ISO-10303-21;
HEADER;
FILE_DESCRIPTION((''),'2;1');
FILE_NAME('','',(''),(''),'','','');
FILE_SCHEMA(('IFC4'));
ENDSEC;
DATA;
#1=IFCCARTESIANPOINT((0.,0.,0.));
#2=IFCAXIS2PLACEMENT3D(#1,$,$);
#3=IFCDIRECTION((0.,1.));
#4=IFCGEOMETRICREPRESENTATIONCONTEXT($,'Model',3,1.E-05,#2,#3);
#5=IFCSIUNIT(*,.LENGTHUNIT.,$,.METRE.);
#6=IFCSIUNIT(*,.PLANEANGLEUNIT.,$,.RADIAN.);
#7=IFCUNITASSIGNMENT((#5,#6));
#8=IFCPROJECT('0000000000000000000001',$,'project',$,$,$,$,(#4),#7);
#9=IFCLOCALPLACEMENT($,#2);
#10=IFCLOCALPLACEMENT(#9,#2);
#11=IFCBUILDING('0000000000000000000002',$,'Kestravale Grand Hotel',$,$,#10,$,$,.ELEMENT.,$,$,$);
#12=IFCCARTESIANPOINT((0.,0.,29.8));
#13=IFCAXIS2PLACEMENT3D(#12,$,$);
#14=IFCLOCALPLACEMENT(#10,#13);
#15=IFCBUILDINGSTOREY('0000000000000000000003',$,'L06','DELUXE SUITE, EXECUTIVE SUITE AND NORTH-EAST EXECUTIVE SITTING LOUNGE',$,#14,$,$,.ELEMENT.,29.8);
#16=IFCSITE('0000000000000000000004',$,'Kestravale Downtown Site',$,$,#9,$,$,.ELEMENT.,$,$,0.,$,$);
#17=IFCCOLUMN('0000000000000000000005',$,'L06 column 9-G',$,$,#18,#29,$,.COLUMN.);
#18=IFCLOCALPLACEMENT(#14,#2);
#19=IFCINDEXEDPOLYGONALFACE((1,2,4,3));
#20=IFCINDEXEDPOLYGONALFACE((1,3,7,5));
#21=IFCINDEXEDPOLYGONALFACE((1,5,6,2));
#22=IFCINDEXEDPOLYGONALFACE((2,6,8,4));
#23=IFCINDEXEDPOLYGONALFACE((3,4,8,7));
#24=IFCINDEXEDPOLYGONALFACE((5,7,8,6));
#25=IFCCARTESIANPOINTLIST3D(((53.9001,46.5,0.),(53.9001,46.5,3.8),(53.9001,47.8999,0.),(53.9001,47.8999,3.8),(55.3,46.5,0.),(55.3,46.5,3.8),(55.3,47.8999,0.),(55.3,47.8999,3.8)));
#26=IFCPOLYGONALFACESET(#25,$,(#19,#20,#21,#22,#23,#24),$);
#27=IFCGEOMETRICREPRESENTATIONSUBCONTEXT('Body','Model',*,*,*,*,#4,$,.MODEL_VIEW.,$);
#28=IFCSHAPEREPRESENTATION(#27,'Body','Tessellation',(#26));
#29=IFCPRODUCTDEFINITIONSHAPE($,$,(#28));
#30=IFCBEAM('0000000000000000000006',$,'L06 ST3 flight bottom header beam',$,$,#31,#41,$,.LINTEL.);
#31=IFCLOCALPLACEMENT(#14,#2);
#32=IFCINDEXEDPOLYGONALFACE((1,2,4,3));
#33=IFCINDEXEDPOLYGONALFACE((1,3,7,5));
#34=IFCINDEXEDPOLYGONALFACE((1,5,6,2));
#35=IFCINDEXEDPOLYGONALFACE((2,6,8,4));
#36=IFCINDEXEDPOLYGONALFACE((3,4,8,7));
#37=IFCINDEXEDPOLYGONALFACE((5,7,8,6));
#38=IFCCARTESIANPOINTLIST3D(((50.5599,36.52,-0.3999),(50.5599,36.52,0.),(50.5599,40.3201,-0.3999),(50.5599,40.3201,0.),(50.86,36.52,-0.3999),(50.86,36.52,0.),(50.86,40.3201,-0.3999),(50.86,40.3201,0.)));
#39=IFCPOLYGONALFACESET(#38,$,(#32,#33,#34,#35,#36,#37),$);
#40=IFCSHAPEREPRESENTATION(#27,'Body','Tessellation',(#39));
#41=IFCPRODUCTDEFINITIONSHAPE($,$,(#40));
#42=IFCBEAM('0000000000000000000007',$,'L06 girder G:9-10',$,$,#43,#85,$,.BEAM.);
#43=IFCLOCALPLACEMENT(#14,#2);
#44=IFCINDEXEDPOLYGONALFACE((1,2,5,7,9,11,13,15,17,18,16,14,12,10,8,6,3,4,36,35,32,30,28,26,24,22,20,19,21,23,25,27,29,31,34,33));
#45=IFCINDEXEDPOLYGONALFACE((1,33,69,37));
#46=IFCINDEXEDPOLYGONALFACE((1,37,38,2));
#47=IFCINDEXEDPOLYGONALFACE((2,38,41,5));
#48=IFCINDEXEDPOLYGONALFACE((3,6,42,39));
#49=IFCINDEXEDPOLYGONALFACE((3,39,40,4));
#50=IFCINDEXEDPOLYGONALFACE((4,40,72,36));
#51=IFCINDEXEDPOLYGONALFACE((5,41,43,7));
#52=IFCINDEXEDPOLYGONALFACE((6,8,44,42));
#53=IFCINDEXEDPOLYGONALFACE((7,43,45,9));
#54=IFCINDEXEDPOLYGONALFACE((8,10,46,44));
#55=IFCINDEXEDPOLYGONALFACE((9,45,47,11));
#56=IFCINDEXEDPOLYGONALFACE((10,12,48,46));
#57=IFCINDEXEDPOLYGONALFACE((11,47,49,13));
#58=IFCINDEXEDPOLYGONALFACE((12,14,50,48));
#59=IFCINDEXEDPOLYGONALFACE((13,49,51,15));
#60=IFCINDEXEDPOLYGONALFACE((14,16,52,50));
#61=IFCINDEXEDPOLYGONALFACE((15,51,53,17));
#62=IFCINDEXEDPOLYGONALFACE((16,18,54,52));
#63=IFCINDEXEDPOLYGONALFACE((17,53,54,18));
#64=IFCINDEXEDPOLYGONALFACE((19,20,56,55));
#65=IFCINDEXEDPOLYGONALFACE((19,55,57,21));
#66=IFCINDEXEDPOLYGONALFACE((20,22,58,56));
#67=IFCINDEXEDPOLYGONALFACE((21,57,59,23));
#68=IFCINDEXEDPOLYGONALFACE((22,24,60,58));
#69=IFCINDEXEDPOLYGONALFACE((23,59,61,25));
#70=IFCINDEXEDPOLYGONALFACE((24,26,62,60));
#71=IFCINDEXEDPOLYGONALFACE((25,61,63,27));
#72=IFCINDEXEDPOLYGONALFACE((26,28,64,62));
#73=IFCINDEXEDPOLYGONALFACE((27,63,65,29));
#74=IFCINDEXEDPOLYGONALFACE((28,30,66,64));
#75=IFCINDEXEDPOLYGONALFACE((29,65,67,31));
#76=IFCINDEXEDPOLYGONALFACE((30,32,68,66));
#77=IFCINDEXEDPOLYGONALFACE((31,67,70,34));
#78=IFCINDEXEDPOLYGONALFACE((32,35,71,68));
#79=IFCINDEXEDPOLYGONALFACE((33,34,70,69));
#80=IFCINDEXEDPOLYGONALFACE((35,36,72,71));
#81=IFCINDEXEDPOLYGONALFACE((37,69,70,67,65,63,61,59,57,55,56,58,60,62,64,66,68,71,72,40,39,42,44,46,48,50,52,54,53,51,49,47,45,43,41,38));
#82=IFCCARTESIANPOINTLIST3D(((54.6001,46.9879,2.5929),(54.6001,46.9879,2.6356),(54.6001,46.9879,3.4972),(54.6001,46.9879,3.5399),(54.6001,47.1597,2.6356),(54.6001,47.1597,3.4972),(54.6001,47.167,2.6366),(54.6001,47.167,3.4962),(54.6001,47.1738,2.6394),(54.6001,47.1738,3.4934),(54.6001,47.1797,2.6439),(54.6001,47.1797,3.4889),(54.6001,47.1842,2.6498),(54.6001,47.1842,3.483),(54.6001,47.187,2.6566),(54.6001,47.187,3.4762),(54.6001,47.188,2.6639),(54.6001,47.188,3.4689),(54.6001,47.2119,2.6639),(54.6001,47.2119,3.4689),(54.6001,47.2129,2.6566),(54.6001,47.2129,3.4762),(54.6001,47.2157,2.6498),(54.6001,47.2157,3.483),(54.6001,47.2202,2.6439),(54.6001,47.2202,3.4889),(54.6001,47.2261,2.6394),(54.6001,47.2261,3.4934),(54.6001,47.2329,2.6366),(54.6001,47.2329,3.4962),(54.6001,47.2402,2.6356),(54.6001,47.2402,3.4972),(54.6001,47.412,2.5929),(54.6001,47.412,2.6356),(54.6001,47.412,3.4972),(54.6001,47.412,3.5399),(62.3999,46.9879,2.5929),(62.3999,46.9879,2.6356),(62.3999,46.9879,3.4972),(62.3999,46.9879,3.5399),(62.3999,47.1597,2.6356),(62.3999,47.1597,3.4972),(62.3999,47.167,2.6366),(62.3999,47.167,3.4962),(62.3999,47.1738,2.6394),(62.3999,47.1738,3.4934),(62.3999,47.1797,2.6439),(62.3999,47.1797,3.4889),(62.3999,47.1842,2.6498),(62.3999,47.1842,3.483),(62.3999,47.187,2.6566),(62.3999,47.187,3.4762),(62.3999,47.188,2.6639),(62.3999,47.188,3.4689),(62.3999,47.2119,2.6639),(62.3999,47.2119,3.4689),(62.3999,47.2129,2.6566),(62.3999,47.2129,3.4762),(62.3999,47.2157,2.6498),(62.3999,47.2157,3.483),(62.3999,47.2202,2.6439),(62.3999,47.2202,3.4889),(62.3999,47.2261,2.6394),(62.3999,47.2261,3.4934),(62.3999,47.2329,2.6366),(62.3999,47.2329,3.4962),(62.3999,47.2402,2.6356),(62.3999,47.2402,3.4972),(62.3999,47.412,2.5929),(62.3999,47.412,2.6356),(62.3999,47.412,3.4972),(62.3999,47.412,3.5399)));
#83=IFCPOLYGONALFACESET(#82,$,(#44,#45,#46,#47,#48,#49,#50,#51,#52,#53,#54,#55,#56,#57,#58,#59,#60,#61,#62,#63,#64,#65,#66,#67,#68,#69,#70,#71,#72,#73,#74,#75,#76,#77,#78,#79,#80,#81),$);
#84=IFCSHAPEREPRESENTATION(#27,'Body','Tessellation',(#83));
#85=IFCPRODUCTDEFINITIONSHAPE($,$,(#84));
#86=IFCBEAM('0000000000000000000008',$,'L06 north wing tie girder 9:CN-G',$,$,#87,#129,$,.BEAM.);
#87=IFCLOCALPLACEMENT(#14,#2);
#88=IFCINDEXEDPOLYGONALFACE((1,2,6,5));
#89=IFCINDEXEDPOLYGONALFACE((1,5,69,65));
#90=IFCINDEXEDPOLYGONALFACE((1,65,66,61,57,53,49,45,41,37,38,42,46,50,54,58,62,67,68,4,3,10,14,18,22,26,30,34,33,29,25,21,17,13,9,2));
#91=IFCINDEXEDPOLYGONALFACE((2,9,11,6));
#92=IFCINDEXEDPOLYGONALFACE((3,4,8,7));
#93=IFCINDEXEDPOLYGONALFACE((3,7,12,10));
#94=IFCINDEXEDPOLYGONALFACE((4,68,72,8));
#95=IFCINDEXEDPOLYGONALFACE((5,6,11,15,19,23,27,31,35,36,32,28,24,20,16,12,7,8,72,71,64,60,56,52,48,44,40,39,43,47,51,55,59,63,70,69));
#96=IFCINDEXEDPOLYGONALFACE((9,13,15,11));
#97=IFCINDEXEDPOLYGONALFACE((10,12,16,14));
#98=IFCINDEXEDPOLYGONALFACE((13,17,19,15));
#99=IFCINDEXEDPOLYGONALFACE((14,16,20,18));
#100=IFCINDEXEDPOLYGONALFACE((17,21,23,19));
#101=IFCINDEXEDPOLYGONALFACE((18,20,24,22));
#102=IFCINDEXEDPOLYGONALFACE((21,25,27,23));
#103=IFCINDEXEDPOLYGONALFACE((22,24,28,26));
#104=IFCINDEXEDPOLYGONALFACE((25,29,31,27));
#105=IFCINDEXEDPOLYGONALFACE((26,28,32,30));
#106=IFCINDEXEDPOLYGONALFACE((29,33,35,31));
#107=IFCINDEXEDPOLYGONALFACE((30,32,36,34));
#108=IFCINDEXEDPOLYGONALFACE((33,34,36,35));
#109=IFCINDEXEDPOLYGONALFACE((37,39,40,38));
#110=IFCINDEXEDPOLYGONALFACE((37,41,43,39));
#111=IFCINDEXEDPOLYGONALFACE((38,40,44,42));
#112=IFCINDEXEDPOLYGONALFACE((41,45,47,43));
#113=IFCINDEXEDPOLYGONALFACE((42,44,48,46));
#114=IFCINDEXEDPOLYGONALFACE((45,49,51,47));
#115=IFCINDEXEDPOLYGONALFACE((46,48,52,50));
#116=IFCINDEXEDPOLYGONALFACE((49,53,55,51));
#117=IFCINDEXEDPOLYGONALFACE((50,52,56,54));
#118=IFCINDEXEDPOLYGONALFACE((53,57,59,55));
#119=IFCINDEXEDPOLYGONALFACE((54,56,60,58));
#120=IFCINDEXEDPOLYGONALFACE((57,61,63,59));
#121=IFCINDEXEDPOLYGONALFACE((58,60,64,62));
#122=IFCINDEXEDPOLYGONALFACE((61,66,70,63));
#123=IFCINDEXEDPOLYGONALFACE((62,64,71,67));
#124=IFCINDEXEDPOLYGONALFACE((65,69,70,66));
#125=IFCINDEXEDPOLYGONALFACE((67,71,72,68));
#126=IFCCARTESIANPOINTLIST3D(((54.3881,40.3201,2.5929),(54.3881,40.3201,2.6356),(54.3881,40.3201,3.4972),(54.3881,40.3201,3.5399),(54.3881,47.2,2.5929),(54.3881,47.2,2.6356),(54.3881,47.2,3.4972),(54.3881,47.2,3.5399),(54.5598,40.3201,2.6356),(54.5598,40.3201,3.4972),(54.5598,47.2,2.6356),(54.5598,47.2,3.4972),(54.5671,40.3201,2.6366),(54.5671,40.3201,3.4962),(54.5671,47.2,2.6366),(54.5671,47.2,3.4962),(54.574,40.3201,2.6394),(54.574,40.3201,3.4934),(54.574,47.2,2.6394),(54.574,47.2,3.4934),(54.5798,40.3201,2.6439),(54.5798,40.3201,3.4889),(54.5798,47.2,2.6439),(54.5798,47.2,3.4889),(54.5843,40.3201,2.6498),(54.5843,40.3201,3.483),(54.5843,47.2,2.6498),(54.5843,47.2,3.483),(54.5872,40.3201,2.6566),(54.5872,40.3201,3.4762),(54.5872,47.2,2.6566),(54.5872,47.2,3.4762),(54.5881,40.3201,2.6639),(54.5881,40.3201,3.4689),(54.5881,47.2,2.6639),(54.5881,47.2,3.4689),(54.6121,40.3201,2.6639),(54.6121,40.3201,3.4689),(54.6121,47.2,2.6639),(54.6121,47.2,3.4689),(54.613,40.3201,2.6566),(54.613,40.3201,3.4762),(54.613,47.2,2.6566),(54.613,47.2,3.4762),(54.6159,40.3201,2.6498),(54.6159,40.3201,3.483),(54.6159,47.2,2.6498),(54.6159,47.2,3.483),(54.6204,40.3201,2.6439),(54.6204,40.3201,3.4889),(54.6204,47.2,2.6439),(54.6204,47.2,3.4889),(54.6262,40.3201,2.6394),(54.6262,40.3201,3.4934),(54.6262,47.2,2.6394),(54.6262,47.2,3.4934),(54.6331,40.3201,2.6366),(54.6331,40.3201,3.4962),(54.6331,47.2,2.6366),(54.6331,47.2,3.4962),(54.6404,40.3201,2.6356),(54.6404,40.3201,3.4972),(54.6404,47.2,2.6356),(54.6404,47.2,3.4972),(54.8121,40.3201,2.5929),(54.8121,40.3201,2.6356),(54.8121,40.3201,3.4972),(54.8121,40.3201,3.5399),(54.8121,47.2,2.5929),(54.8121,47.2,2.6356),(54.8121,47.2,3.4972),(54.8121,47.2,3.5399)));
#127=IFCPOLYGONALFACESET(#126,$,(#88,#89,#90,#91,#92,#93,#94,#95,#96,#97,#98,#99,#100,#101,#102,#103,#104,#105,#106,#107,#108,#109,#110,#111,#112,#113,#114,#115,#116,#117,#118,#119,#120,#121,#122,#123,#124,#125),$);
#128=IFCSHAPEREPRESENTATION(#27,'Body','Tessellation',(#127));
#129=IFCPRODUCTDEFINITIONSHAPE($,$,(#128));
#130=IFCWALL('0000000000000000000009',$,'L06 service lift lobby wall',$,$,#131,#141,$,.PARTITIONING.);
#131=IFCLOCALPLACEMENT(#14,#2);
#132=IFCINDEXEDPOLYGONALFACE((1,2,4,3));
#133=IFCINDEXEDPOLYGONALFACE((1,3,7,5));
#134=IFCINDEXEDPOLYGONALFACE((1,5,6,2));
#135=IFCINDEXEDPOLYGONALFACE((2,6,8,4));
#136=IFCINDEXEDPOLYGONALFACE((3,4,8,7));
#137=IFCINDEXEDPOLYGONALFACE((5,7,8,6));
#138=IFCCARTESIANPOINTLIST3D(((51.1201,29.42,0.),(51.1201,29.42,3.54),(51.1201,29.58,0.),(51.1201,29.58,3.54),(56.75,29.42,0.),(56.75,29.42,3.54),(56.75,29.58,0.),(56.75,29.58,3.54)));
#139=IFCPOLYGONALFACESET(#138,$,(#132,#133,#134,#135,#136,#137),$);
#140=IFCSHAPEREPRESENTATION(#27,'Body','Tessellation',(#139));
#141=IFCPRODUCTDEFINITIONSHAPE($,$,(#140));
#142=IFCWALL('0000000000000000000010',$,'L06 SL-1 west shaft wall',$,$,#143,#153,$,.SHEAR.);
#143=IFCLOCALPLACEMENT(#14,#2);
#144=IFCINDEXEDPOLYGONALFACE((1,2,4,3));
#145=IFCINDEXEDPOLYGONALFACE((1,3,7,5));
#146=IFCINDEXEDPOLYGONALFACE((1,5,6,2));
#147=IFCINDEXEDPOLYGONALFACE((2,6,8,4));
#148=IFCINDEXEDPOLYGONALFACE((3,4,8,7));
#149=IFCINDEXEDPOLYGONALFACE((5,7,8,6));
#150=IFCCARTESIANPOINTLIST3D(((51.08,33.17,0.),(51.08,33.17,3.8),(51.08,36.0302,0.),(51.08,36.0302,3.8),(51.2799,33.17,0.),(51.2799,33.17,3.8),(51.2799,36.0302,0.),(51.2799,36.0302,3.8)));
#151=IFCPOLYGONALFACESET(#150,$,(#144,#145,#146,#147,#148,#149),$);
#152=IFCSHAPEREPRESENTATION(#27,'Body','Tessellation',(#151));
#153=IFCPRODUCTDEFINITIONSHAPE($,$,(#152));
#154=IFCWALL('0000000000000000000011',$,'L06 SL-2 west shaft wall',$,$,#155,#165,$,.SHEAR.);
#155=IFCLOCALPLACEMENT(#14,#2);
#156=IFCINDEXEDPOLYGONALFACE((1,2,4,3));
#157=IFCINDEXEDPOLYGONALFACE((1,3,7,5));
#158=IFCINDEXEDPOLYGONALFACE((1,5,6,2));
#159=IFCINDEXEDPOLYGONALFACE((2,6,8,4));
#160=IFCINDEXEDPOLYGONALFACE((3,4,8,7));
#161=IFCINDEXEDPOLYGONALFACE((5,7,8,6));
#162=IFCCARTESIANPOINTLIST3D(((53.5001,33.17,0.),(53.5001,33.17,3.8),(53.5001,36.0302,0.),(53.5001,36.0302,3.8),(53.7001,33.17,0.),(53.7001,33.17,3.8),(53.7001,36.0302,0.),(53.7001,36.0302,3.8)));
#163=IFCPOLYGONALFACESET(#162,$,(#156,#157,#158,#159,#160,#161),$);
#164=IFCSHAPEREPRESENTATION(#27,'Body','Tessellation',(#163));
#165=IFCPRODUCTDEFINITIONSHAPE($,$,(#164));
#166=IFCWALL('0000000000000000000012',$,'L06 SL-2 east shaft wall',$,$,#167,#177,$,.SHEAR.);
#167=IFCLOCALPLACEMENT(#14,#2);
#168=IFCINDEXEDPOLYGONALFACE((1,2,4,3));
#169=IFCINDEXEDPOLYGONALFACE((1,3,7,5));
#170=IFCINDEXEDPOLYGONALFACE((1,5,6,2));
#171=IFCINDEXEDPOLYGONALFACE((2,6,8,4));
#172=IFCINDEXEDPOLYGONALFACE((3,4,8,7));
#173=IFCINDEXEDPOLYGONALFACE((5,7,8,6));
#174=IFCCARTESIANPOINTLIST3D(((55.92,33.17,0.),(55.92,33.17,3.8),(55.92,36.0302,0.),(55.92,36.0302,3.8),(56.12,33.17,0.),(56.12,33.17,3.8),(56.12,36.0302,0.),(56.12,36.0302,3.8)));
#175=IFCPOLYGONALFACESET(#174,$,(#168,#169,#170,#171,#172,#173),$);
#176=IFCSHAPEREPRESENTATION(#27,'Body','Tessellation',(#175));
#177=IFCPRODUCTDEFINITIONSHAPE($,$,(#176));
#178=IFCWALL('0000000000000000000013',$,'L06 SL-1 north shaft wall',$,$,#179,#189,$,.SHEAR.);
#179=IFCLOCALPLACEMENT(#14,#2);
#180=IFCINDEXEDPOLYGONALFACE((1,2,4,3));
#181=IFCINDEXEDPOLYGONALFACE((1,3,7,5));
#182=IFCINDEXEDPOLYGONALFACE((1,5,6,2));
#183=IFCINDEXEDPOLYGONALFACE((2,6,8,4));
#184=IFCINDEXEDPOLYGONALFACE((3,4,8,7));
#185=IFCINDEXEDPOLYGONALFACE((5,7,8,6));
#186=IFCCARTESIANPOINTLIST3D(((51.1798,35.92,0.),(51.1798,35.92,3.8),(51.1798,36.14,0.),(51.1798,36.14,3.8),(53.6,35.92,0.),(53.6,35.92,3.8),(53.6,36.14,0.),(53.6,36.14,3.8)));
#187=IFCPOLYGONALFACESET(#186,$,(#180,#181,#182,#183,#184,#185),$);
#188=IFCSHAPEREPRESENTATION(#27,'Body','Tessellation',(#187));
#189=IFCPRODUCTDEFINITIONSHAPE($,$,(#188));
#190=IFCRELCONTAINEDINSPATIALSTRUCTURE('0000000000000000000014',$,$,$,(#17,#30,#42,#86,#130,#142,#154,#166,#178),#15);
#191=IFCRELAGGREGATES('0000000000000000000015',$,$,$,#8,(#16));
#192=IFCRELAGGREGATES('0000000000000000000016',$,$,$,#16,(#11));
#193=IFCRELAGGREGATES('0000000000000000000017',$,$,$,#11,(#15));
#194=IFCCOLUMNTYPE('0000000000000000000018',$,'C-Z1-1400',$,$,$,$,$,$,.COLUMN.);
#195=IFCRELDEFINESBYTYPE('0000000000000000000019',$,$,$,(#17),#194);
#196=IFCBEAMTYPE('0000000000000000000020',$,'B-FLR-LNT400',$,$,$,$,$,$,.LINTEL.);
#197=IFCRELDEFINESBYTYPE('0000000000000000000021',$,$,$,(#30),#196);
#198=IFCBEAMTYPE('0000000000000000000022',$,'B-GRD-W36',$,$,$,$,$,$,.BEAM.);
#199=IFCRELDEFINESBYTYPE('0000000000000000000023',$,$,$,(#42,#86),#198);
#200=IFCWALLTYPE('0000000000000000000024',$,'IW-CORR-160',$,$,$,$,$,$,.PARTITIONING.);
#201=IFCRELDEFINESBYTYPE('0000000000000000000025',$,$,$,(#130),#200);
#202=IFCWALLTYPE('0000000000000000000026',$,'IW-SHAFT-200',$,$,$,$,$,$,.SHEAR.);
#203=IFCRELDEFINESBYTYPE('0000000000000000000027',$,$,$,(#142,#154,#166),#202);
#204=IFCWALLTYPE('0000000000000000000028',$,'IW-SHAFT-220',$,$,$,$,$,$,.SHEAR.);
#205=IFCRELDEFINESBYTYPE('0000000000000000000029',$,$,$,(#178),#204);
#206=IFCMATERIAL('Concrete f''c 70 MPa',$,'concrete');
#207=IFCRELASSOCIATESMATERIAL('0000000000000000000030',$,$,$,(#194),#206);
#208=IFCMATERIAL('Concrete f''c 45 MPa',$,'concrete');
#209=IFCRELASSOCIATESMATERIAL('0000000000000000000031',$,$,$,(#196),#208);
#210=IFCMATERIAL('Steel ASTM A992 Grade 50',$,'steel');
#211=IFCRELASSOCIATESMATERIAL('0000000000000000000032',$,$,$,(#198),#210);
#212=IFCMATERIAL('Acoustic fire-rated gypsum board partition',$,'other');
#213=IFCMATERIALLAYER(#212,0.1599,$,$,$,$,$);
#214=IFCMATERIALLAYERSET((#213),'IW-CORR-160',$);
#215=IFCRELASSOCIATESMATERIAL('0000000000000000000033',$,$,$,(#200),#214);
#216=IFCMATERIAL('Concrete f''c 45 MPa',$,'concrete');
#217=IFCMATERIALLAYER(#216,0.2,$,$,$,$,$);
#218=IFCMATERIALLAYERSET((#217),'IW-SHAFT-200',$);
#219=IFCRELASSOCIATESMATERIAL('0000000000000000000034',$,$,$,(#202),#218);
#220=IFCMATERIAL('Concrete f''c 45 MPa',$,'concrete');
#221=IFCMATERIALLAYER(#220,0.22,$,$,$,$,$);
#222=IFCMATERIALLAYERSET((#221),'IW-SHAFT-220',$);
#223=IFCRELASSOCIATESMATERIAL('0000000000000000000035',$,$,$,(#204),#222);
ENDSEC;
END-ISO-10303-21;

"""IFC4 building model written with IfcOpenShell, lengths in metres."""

from ifc_helpers import new_model, si_unit, direction, frame, frame_2d, origin, origin_2d, place, context, subcontext, project, spatial, rectangle, i_section, extrude, material, layer, layer_set, material_profile, profile_set, type_object, element, save


model = new_model("IFC4")

# Units and contexts
model_context = context("Model", 3, precision=1e-05, world=origin(), true_north=direction((0.0, 1.0)))
body_context = subcontext(model_context, "Body", "Model", "MODEL_VIEW")
ifc_project = project(units=[si_unit("LENGTHUNIT", "METRE"), si_unit("PLANEANGLEUNIT", "RADIAN")], contexts=[model_context])

# Site, building, storey
site_placement = place(None, origin())
site = spatial("IfcSite", under=ifc_project, at=site_placement, Name="Kestravale Downtown Site", CompositionType="ELEMENT", RefElevation=0.0)
building_placement = place(site_placement, origin())
building = spatial("IfcBuilding", under=site, at=building_placement, Name="Kestravale Grand Hotel", CompositionType="ELEMENT")
storey_placement = place(building_placement, frame((0.0, 0.0, 29.8)))
storey = spatial("IfcBuildingStorey", under=building, at=storey_placement, Name="L06", Description="DELUXE SUITE, EXECUTIVE SUITE AND NORTH-EAST EXECUTIVE SITTING LOUNGE", CompositionType="ELEMENT", Elevation=29.8)

# Column
ifc_material_1 = material(Name="Concrete f'c 70 MPa", Category="concrete")
ifc_material_profile_1 = material_profile(ifc_material_1, rectangle(XDim=1.3999, YDim=1.3999, at=origin_2d()))
ifc_profile_set_1 = profile_set([ifc_material_profile_1], Name="Concrete f'c 70 MPa")
column_type = type_object("IfcColumnType", Name="C-Z1-1400", PredefinedType="COLUMN", material=ifc_profile_set_1)
column_placement = place(storey_placement, frame((54.6001, 47.2, 0.0), z_axis=(0.0, 0.0, 1.0), x_axis=(1.0, 0.0, 0.0)))
element("IfcColumn", 1, at=column_placement, inside=storey, type_object=column_type, Name="L06 column 9-G", PredefinedType="COLUMN", context=body_context, shape_type="SweptSolid", body=[
    extrude(rectangle(XDim=1.3999, YDim=1.3999, at=origin_2d()), origin(), (0.0, 0.0, 1.0), 3.8),
])

# Beams
ifc_material_2 = material(Name="Concrete f'c 45 MPa", Category="concrete")
ifc_material_profile_2 = material_profile(ifc_material_2, rectangle(XDim=0.3, YDim=0.3999, at=origin_2d()))
ifc_profile_set_2 = profile_set([ifc_material_profile_2], Name="Concrete f'c 45 MPa")
beam_type_1 = type_object("IfcBeamType", Name="B-FLR-LNT400", PredefinedType="LINTEL", material=ifc_profile_set_2)
beam_1_placement = place(storey_placement, frame((50.71, 36.52, -0.2), z_axis=(0.0, 1.0, 0.0), x_axis=(-1.0, 0.0, 0.0)))
element("IfcBeam", 2, at=beam_1_placement, inside=storey, type_object=beam_type_1, Name="L06 ST3 flight bottom header beam", PredefinedType="LINTEL", context=body_context, shape_type="SweptSolid", body=[
    extrude(rectangle(XDim=0.3, YDim=0.3999, at=origin_2d()), origin(), (0.0, 0.0, 1.0), 3.8),
])
ifc_material_3 = material(Name="Steel ASTM A992 Grade 50", Category="steel")
ifc_material_profile_3 = material_profile(ifc_material_3, i_section(OverallWidth=0.4241, OverallDepth=0.947, WebThickness=0.0239, FlangeThickness=0.0427, FilletRadius=0.0283, at=origin_2d()))
ifc_profile_set_3 = profile_set([ifc_material_profile_3], Name="Steel ASTM A992 Grade 50")
beam_type_2 = type_object("IfcBeamType", Name="B-GRD-W36", PredefinedType="BEAM", material=ifc_profile_set_3)
beam_2_placement = place(storey_placement, frame((54.6001, 47.2, 3.0664), z_axis=(1.0, 0.0, 0.0), x_axis=(0.0, 1.0, 0.0)))
element("IfcBeam", 3, at=beam_2_placement, inside=storey, type_object=beam_type_2, Name="L06 girder G:9-10", PredefinedType="BEAM", context=body_context, shape_type="SweptSolid", body=[
    extrude(i_section(OverallWidth=0.4241, OverallDepth=0.947, WebThickness=0.0239, FlangeThickness=0.0427, FilletRadius=0.0283, at=origin_2d()), origin(), (0.0, 0.0, 1.0), 7.7998),
])
beam_3_placement = place(storey_placement, frame((54.6001, 40.3201, 3.0664), z_axis=(0.0, 1.0, 0.0), x_axis=(-1.0, 0.0, 0.0)))
element("IfcBeam", 4, at=beam_3_placement, inside=storey, type_object=beam_type_2, Name="L06 north wing tie girder 9:CN-G", PredefinedType="BEAM", context=body_context, shape_type="SweptSolid", body=[
    extrude(i_section(OverallWidth=0.4241, OverallDepth=0.947, WebThickness=0.0239, FlangeThickness=0.0427, FilletRadius=0.0283, at=origin_2d()), origin(), (0.0, 0.0, 1.0), 6.8799),
])

# Shared definitions
ifc_material_4 = material(Name="Acoustic fire-rated gypsum board partition", Category="other")
ifc_layer_1 = layer(ifc_material_4, 0.1599)
ifc_layer_set_1 = layer_set([ifc_layer_1], Name="IW-CORR-160")
wall_type_1 = type_object("IfcWallType", Name="IW-CORR-160", PredefinedType="PARTITIONING", material=ifc_layer_set_1)

# Walls
wall_1_placement = place(storey_placement, frame((51.1201, 29.5, 0.0), z_axis=(0.0, 0.0, 1.0), x_axis=(1.0, 0.0, 0.0)))
element("IfcWall", 5, at=wall_1_placement, inside=storey, type_object=wall_type_1, Name="L06 service lift lobby wall", PredefinedType="PARTITIONING", context=body_context, shape_type="SweptSolid", body=[
    extrude(rectangle(XDim=5.6299, YDim=0.1599, at=frame_2d((2.8149, 0.0))), origin(), (0.0, 0.0, 1.0), 3.54),
])
ifc_material_5 = material(Name="Concrete f'c 45 MPa", Category="concrete")
ifc_layer_2 = layer(ifc_material_5, 0.2)
ifc_layer_set_2 = layer_set([ifc_layer_2], Name="IW-SHAFT-200")
wall_type_2 = type_object("IfcWallType", Name="IW-SHAFT-200", PredefinedType="SHEAR", material=ifc_layer_set_2)
for number, where, z_axis, x_axis, name in (
    (6, (51.1799, 33.1699, 0.0), (0.0, 0.0, 1.0), (0.0, 1.0, 0.0), "L06 SL-1 west shaft wall"),
    (7, (53.6001, 33.1699, 0.0), (0.0, 0.0, 1.0), (0.0, 1.0, 0.0), "L06 SL-2 west shaft wall"),
    (8, (56.02, 33.1699, 0.0), (0.0, 0.0, 1.0), (0.0, 1.0, 0.0), "L06 SL-2 east shaft wall"),
):
    element("IfcWall", number, at=place(storey_placement, frame(where, z_axis=z_axis, x_axis=x_axis)), inside=storey, type_object=wall_type_2, Name=name, PredefinedType="SHEAR", context=body_context, shape_type="SweptSolid", body=[
        extrude(rectangle(XDim=2.8601, YDim=0.2, at=frame_2d((1.4302, 0.0))), origin(), (0.0, 0.0, 1.0), 3.8),
    ])
ifc_material_6 = material(Name="Concrete f'c 45 MPa", Category="concrete")
ifc_layer_3 = layer(ifc_material_6, 0.22)
ifc_layer_set_3 = layer_set([ifc_layer_3], Name="IW-SHAFT-220")
wall_type_3 = type_object("IfcWallType", Name="IW-SHAFT-220", PredefinedType="SHEAR", material=ifc_layer_set_3)
wall_2_placement = place(storey_placement, frame((51.1799, 36.03, 0.0), z_axis=(0.0, 0.0, 1.0), x_axis=(1.0, 0.0, 0.0)))
element("IfcWall", 9, at=wall_2_placement, inside=storey, type_object=wall_type_3, Name="L06 SL-1 north shaft wall", PredefinedType="SHEAR", context=body_context, shape_type="SweptSolid", body=[
    extrude(rectangle(XDim=2.4202, YDim=0.22, at=frame_2d((1.21, 0.0))), origin(), (0.0, 0.0, 1.0), 3.8),
])

save(model, "model.ifc")
